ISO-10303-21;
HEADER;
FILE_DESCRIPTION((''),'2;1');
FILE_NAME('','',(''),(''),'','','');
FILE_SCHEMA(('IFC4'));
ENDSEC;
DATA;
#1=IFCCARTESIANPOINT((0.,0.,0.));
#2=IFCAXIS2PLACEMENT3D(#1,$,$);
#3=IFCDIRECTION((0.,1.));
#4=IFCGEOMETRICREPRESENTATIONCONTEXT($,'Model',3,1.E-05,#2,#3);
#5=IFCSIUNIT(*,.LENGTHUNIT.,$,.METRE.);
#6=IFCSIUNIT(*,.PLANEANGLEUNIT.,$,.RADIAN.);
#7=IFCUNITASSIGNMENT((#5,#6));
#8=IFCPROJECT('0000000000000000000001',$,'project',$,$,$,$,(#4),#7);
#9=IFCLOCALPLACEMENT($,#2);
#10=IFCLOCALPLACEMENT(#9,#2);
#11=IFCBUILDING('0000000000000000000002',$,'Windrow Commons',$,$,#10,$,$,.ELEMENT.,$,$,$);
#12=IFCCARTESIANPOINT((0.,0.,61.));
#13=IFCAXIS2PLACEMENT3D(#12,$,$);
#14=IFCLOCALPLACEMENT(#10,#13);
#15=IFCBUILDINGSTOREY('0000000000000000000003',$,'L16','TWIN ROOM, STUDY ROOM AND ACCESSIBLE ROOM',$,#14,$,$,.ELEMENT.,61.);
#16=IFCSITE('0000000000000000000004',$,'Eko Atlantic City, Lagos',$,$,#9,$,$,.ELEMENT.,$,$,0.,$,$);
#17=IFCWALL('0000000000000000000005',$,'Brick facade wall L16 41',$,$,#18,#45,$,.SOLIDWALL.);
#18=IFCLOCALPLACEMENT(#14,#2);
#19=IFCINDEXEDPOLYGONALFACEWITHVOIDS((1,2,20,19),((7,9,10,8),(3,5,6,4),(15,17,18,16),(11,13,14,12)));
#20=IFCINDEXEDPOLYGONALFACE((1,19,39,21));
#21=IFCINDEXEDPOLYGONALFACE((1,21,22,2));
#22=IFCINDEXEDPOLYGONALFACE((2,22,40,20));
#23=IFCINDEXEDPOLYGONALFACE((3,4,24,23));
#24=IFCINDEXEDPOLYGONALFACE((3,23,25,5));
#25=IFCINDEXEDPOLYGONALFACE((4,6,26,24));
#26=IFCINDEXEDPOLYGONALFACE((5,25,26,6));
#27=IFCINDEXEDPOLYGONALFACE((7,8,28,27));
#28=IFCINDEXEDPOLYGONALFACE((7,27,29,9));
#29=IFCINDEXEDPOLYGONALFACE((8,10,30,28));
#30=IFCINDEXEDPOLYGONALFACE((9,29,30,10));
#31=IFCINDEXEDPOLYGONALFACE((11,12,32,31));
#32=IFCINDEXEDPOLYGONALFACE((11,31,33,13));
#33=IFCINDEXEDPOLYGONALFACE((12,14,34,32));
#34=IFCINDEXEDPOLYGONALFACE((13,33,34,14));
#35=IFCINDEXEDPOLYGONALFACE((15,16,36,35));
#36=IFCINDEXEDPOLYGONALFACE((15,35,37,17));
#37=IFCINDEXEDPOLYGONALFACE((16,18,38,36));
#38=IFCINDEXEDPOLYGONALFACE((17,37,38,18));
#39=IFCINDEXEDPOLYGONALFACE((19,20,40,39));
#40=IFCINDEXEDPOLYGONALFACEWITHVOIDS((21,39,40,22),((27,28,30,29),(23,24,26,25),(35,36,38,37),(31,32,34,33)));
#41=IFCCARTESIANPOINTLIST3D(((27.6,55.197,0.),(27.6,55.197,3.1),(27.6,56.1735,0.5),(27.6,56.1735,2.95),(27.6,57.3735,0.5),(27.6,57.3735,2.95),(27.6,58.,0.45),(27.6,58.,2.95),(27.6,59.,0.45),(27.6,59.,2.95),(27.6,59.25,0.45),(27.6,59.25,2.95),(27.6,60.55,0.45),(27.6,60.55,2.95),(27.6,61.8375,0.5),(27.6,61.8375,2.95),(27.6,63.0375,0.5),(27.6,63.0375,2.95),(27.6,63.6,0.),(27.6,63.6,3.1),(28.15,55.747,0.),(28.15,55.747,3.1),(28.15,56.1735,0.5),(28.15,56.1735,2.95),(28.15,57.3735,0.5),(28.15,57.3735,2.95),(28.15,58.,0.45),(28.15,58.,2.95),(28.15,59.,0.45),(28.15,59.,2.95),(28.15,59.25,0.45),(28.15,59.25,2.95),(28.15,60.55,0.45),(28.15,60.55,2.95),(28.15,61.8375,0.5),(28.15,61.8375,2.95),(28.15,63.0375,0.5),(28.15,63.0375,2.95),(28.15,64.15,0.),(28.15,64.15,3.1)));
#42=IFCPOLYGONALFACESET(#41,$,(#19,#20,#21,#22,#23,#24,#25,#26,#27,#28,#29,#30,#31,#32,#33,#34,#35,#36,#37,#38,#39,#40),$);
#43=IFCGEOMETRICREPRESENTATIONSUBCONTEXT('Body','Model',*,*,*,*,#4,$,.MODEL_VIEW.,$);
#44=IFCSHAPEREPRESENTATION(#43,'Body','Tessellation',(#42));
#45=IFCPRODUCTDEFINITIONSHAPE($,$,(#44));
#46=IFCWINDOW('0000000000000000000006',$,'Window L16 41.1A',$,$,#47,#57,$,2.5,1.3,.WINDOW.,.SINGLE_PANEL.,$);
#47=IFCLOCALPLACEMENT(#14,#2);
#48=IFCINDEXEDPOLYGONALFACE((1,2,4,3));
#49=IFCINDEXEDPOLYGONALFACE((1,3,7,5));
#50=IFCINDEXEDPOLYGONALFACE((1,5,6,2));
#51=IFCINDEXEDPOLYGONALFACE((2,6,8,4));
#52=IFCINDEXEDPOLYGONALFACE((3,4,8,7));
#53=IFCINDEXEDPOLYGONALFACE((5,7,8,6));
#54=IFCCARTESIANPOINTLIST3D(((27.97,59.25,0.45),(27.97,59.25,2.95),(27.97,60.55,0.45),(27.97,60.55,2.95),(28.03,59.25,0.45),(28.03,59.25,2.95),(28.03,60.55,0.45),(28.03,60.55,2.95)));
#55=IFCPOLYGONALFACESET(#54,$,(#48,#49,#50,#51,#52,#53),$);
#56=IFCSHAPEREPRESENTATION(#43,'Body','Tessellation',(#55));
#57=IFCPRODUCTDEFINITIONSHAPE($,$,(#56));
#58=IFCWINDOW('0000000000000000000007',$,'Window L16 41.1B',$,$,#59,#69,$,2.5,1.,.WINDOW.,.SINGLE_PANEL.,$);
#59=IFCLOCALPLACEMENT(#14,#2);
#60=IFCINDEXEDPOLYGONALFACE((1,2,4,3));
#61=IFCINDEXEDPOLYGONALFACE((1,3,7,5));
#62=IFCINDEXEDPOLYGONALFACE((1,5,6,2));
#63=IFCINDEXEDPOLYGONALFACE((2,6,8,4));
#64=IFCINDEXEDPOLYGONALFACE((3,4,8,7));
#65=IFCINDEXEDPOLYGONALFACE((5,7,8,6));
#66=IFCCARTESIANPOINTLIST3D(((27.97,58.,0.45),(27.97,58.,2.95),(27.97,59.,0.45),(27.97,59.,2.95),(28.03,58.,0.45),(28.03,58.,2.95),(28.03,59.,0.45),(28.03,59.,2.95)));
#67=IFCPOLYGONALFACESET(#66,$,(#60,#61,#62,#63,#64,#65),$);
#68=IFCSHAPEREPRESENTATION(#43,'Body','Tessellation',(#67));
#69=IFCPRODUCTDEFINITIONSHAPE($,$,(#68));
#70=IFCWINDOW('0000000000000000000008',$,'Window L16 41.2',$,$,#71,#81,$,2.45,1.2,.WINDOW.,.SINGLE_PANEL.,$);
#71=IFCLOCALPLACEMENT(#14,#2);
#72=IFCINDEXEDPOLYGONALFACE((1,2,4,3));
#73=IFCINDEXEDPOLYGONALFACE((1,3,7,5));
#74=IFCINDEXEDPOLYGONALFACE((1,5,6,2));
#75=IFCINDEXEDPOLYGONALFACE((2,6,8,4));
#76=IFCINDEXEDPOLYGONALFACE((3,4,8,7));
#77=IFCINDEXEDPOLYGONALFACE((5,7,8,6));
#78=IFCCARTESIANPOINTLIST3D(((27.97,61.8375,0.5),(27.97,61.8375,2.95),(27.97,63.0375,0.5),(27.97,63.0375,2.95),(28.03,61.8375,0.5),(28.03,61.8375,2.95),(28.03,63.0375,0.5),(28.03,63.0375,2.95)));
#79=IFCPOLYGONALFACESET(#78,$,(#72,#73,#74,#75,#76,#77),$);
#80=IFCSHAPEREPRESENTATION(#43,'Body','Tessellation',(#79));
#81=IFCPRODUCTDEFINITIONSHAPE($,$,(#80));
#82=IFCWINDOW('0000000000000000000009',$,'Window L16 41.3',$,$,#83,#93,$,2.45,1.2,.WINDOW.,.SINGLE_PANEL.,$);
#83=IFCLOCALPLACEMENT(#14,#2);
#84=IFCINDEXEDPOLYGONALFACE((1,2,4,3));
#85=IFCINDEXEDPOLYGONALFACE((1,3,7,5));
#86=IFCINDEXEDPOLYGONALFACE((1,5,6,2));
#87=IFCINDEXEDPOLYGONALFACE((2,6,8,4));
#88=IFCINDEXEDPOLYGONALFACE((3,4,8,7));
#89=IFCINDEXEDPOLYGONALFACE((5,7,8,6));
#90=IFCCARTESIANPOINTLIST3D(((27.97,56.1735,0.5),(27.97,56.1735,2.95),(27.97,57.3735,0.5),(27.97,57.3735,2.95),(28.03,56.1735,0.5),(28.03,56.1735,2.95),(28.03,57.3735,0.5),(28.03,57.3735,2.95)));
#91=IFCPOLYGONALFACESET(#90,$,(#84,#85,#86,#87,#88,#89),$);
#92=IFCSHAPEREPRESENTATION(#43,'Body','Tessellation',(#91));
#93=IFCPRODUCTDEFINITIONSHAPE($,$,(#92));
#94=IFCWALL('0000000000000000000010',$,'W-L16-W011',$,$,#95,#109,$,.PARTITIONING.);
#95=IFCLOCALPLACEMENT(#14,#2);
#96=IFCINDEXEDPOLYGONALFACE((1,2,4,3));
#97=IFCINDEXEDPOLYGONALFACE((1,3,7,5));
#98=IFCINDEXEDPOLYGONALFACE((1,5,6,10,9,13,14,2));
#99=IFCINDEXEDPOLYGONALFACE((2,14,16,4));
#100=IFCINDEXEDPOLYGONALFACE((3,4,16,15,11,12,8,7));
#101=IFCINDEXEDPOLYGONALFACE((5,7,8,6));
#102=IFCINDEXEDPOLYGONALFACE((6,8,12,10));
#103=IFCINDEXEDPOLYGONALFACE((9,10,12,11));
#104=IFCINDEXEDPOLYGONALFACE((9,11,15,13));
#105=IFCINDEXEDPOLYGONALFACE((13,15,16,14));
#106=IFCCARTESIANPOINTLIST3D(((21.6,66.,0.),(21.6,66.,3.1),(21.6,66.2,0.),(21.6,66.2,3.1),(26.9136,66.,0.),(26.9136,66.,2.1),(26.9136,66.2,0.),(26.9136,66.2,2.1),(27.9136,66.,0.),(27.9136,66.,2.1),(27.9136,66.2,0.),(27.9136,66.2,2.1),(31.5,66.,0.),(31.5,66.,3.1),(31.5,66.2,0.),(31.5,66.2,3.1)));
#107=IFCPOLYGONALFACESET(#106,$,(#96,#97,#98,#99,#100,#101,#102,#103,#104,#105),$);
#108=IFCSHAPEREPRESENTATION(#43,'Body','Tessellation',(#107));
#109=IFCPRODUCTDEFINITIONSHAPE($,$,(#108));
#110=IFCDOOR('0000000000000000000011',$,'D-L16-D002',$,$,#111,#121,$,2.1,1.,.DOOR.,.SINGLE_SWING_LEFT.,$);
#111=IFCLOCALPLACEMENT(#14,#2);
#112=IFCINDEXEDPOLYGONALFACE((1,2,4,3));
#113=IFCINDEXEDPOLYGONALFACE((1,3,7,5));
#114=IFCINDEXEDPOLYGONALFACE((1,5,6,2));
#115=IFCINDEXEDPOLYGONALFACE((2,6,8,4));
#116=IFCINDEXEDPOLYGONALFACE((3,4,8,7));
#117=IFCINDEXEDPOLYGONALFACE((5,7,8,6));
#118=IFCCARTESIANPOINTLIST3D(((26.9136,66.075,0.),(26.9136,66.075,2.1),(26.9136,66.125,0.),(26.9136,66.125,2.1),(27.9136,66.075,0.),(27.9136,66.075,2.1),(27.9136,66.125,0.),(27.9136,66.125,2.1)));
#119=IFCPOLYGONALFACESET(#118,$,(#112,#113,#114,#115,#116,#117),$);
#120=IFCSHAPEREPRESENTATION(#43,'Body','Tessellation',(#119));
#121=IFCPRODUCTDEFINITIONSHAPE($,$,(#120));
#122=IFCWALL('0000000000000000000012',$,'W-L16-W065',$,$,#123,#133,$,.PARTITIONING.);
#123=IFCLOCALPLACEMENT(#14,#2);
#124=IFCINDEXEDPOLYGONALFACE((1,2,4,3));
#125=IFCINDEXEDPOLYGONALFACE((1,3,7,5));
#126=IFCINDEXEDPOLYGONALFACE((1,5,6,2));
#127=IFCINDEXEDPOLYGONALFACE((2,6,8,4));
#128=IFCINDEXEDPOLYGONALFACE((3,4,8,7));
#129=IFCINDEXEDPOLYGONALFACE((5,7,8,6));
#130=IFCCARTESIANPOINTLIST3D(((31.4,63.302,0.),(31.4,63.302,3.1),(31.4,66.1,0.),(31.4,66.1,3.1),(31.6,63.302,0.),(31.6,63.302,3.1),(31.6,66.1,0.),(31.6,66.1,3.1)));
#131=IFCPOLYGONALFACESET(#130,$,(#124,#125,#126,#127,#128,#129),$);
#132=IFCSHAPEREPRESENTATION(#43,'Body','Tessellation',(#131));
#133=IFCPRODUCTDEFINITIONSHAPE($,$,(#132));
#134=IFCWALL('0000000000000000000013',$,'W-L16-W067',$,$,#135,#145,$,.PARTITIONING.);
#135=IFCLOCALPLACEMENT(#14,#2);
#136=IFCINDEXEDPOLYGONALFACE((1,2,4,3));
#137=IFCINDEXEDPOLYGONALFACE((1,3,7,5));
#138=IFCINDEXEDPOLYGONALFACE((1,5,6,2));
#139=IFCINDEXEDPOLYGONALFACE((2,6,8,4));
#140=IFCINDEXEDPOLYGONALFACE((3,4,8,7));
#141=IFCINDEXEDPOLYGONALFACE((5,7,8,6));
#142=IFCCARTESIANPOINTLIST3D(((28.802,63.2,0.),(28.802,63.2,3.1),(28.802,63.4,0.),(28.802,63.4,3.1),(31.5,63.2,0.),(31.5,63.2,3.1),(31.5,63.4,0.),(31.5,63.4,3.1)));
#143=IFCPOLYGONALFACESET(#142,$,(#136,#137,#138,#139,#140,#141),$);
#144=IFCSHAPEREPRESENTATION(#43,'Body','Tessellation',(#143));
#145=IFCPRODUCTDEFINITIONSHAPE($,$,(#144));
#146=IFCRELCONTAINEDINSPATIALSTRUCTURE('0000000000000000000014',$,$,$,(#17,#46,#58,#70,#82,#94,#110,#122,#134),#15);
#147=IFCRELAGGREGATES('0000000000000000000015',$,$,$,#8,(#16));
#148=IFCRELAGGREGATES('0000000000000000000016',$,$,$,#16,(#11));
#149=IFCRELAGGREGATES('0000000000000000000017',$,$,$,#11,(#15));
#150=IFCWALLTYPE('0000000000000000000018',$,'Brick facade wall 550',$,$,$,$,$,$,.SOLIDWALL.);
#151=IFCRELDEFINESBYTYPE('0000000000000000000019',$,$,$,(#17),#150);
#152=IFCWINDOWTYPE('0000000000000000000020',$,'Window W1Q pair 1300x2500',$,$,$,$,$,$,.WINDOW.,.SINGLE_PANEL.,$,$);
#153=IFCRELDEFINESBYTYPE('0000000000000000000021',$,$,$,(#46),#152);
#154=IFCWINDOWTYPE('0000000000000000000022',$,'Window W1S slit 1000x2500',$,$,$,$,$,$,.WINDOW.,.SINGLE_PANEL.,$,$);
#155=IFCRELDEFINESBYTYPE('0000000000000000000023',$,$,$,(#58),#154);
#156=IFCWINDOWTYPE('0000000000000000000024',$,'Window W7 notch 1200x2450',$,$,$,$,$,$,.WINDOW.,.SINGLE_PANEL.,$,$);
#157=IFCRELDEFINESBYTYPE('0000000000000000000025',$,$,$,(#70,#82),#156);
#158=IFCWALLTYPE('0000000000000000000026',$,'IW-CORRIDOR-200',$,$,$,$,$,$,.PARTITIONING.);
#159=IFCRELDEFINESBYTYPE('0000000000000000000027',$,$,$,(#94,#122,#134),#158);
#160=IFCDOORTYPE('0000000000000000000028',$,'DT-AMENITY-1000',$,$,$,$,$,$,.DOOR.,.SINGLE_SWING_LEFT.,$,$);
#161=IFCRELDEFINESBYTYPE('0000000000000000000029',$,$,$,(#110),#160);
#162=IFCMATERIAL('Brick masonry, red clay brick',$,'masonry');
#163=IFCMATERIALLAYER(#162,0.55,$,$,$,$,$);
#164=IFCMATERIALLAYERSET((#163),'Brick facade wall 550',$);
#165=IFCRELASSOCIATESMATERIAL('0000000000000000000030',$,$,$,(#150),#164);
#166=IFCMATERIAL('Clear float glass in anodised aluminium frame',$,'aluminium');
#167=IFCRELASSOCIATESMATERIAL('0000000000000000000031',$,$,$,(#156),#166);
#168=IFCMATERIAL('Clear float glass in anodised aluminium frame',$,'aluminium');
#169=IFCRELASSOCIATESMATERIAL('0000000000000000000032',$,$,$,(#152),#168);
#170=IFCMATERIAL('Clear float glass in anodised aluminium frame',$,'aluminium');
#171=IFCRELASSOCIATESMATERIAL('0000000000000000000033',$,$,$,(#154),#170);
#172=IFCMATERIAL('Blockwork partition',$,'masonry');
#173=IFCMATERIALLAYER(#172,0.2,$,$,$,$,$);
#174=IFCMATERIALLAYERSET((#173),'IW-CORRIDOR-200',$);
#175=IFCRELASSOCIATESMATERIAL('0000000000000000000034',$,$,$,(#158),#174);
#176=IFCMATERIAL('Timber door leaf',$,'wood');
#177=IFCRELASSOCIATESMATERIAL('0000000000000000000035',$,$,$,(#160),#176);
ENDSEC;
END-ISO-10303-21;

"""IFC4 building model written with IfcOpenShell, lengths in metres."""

from ifc_helpers import new_model, si_unit, direction, frame, frame_2d, origin, place, context, subcontext, project, spatial, polyline, rectangle, outline, extrude, material, layer, layer_set, type_object, element, fill, save


model = new_model("IFC4")

# Units and contexts
model_context = context("Model", 3, precision=1e-05, world=origin(), true_north=direction((0.0, 1.0)))
body_context = subcontext(model_context, "Body", "Model", "MODEL_VIEW")
ifc_project = project(units=[si_unit("LENGTHUNIT", "METRE"), si_unit("PLANEANGLEUNIT", "RADIAN")], contexts=[model_context])

# Site, building, storey
site_placement = place(None, origin())
site = spatial("IfcSite", under=ifc_project, at=site_placement, Name="Eko Atlantic City, Lagos", CompositionType="ELEMENT", RefElevation=0.0)
building_placement = place(site_placement, origin())
building = spatial("IfcBuilding", under=site, at=building_placement, Name="Windrow Commons", CompositionType="ELEMENT")
storey_placement = place(building_placement, frame((0.0, 0.0, 61.0)))
storey = spatial("IfcBuildingStorey", under=building, at=storey_placement, Name="L16", Description="TWIN ROOM, STUDY ROOM AND ACCESSIBLE ROOM", CompositionType="ELEMENT", Elevation=61.0)

# Wall, openings, windows
ifc_material_1 = material(Name="Brick masonry, red clay brick", Category="masonry")
ifc_layer_1 = layer(ifc_material_1, 0.55)
ifc_layer_set_1 = layer_set([ifc_layer_1], Name="Brick facade wall 550")
wall_type_1 = type_object("IfcWallType", Name="Brick facade wall 550", PredefinedType="SOLIDWALL", material=ifc_layer_set_1)
ifc_material_2 = material(Name="Clear float glass in anodised aluminium frame", Category="aluminium")
window_type_1 = type_object("IfcWindowType", Name="Window W7 notch 1200x2450", PartitioningType="SINGLE_PANEL", PredefinedType="WINDOW", material=ifc_material_2)
wall_1_placement = place(storey_placement, frame((27.875, 63.875, 0.0), z_axis=(0.0, 0.0, 1.0), x_axis=(0.0, -1.0, 0.0)))
wall_1 = element("IfcWall", 1, at=wall_1_placement, inside=storey, type_object=wall_type_1, Name="Brick facade wall L16 41", PredefinedType="SOLIDWALL", context=body_context, shape_type="SweptSolid", body=[
    extrude(outline(polyline([(0.275, -0.275), (8.678, -0.275), (8.128, 0.275), (-0.275, 0.275), (0.275, -0.275)])), origin(), (0.0, 0.0, 1.0), 3.1),
])
opening_1_placement = place(wall_1_placement, frame((0.8375, 0.0, 0.5)))
opening_1 = element("IfcOpeningElement", 2, at=opening_1_placement, cuts=wall_1, PredefinedType="OPENING", context=body_context, shape_type="SweptSolid", body=[
    extrude(rectangle(XDim=1.2, YDim=2.45, at=frame_2d((0.6, 1.225))), frame((0.0, 0.285, 0.0), z_axis=(0.0, -1.0, 0.0), x_axis=(1.0, 0.0, 0.0)), (0.0, 0.0, 1.0), 0.57),
])
opening_2_placement = place(wall_1_placement, frame((6.5015, 0.0, 0.5)))
opening_2 = element("IfcOpeningElement", 3, at=opening_2_placement, cuts=wall_1, PredefinedType="OPENING", context=body_context, shape_type="SweptSolid", body=[
    extrude(rectangle(XDim=1.2, YDim=2.45, at=frame_2d((0.6, 1.225))), frame((0.0, 0.285, 0.0), z_axis=(0.0, -1.0, 0.0), x_axis=(1.0, 0.0, 0.0)), (0.0, 0.0, 1.0), 0.57),
])
opening_3_placement = place(wall_1_placement, frame((3.325, 0.0, 0.45)))
opening_3 = element("IfcOpeningElement", 4, at=opening_3_placement, cuts=wall_1, PredefinedType="OPENING", context=body_context, shape_type="SweptSolid", body=[
    extrude(rectangle(XDim=1.3, YDim=2.5, at=frame_2d((0.65, 1.25))), frame((0.0, 0.285, 0.0), z_axis=(0.0, -1.0, 0.0), x_axis=(1.0, 0.0, 0.0)), (0.0, 0.0, 1.0), 0.57),
])
opening_4_placement = place(wall_1_placement, frame((4.875, 0.0, 0.45)))
opening_4 = element("IfcOpeningElement", 5, at=opening_4_placement, cuts=wall_1, PredefinedType="OPENING", context=body_context, shape_type="SweptSolid", body=[
    extrude(rectangle(XDim=1.0, YDim=2.5, at=frame_2d((0.5, 1.25))), frame((0.0, 0.285, 0.0), z_axis=(0.0, -1.0, 0.0), x_axis=(1.0, 0.0, 0.0)), (0.0, 0.0, 1.0), 0.57),
])
ifc_material_3 = material(Name="Clear float glass in anodised aluminium frame", Category="aluminium")
window_type_2 = type_object("IfcWindowType", Name="Window W1Q pair 1300x2500", PartitioningType="SINGLE_PANEL", PredefinedType="WINDOW", material=ifc_material_3)
window_1_placement = place(opening_3_placement, origin())
window_1 = element("IfcWindow", 6, at=window_1_placement, inside=storey, type_object=window_type_2, Name="Window L16 41.1A", OverallHeight=2.5, OverallWidth=1.3, PartitioningType="SINGLE_PANEL", PredefinedType="WINDOW", context=body_context, shape_type="SweptSolid", body=[
    extrude(rectangle(XDim=1.3, YDim=2.5, at=frame_2d((0.65, 1.25))), frame((0.0, 0.155, 0.0), z_axis=(0.0, -1.0, 0.0), x_axis=(1.0, 0.0, 0.0)), (0.0, 0.0, 1.0), 0.06),
])
fill(opening_3, window_1)
ifc_material_4 = material(Name="Clear float glass in anodised aluminium frame", Category="aluminium")
window_type_3 = type_object("IfcWindowType", Name="Window W1S slit 1000x2500", PartitioningType="SINGLE_PANEL", PredefinedType="WINDOW", material=ifc_material_4)
window_2_placement = place(opening_4_placement, origin())
window_2 = element("IfcWindow", 7, at=window_2_placement, inside=storey, type_object=window_type_3, Name="Window L16 41.1B", OverallHeight=2.5, OverallWidth=1.0, PartitioningType="SINGLE_PANEL", PredefinedType="WINDOW", context=body_context, shape_type="SweptSolid", body=[
    extrude(rectangle(XDim=1.0, YDim=2.5, at=frame_2d((0.5, 1.25))), frame((0.0, 0.155, 0.0), z_axis=(0.0, -1.0, 0.0), x_axis=(1.0, 0.0, 0.0)), (0.0, 0.0, 1.0), 0.06),
])
fill(opening_4, window_2)
window_3_placement = place(opening_1_placement, origin())
window_3 = element("IfcWindow", 8, at=window_3_placement, inside=storey, type_object=window_type_1, Name="Window L16 41.2", OverallHeight=2.45, OverallWidth=1.2, PartitioningType="SINGLE_PANEL", PredefinedType="WINDOW", context=body_context, shape_type="SweptSolid", body=[
    extrude(rectangle(XDim=1.2, YDim=2.45, at=frame_2d((0.6, 1.225))), frame((0.0, 0.155, 0.0), z_axis=(0.0, -1.0, 0.0), x_axis=(1.0, 0.0, 0.0)), (0.0, 0.0, 1.0), 0.06),
])
fill(opening_1, window_3)
window_4_placement = place(opening_2_placement, origin())
window_4 = element("IfcWindow", 9, at=window_4_placement, inside=storey, type_object=window_type_1, Name="Window L16 41.3", OverallHeight=2.45, OverallWidth=1.2, PartitioningType="SINGLE_PANEL", PredefinedType="WINDOW", context=body_context, shape_type="SweptSolid", body=[
    extrude(rectangle(XDim=1.2, YDim=2.45, at=frame_2d((0.6, 1.225))), frame((0.0, 0.155, 0.0), z_axis=(0.0, -1.0, 0.0), x_axis=(1.0, 0.0, 0.0)), (0.0, 0.0, 1.0), 0.06),
])
fill(opening_2, window_4)

# Wall, opening, door
ifc_material_5 = material(Name="Blockwork partition", Category="masonry")
ifc_layer_2 = layer(ifc_material_5, 0.2)
ifc_layer_set_2 = layer_set([ifc_layer_2], Name="IW-CORRIDOR-200")
wall_type_2 = type_object("IfcWallType", Name="IW-CORRIDOR-200", PredefinedType="PARTITIONING", material=ifc_layer_set_2)
wall_2_placement = place(storey_placement, frame((21.6, 66.1, 0.0), z_axis=(0.0, 0.0, 1.0), x_axis=(1.0, 0.0, 0.0)))
wall_2 = element("IfcWall", 10, at=wall_2_placement, inside=storey, type_object=wall_type_2, Name="W-L16-W011", PredefinedType="PARTITIONING", context=body_context, shape_type="SweptSolid", body=[
    extrude(rectangle(XDim=9.9, YDim=0.2, at=frame_2d((4.95, 0.0))), origin(), (0.0, 0.0, 1.0), 3.1),
])
opening_5_placement = place(wall_2_placement, frame((5.3136, 0.0, 0.0)))
opening_5 = element("IfcOpeningElement", 11, at=opening_5_placement, cuts=wall_2, PredefinedType="OPENING", context=body_context, shape_type="SweptSolid", body=[
    extrude(rectangle(XDim=1.0, YDim=2.1, at=frame_2d((0.5, 1.05))), frame((0.0, 0.11, 0.0), z_axis=(0.0, -1.0, 0.0), x_axis=(1.0, 0.0, 0.0)), (0.0, 0.0, 1.0), 0.22),
])
ifc_material_6 = material(Name="Timber door leaf", Category="wood")
door_type = type_object("IfcDoorType", Name="DT-AMENITY-1000", OperationType="SINGLE_SWING_LEFT", PredefinedType="DOOR", material=ifc_material_6)
door_1_placement = place(opening_5_placement, origin())
door_1 = element("IfcDoor", 12, at=door_1_placement, inside=storey, type_object=door_type, Name="D-L16-D002", OperationType="SINGLE_SWING_LEFT", OverallHeight=2.1, OverallWidth=1.0, PredefinedType="DOOR", context=body_context, shape_type="SweptSolid", body=[
    extrude(rectangle(XDim=1.0, YDim=2.1, at=frame_2d((0.5, 1.05))), frame((0.0, 0.025, 0.0), z_axis=(0.0, -1.0, 0.0), x_axis=(1.0, 0.0, 0.0)), (0.0, 0.0, 1.0), 0.05),
])
fill(opening_5, door_1)

# Walls
wall_3_placement = place(storey_placement, frame((31.5, 63.302, 0.0), z_axis=(0.0, 0.0, 1.0), x_axis=(0.0, 1.0, 0.0)))
element("IfcWall", 13, at=wall_3_placement, inside=storey, type_object=wall_type_2, Name="W-L16-W065", PredefinedType="PARTITIONING", context=body_context, shape_type="SweptSolid", body=[
    extrude(rectangle(XDim=2.798, YDim=0.2, at=frame_2d((1.399, 0.0))), origin(), (0.0, 0.0, 1.0), 3.1),
])
wall_4_placement = place(storey_placement, frame((28.802, 63.3, 0.0), z_axis=(0.0, 0.0, 1.0), x_axis=(1.0, 0.0, 0.0)))
element("IfcWall", 14, at=wall_4_placement, inside=storey, type_object=wall_type_2, Name="W-L16-W067", PredefinedType="PARTITIONING", context=body_context, shape_type="SweptSolid", body=[
    extrude(rectangle(XDim=2.698, YDim=0.2, at=frame_2d((1.349, 0.0))), origin(), (0.0, 0.0, 1.0), 3.1),
])

save(model, "model.ifc")
